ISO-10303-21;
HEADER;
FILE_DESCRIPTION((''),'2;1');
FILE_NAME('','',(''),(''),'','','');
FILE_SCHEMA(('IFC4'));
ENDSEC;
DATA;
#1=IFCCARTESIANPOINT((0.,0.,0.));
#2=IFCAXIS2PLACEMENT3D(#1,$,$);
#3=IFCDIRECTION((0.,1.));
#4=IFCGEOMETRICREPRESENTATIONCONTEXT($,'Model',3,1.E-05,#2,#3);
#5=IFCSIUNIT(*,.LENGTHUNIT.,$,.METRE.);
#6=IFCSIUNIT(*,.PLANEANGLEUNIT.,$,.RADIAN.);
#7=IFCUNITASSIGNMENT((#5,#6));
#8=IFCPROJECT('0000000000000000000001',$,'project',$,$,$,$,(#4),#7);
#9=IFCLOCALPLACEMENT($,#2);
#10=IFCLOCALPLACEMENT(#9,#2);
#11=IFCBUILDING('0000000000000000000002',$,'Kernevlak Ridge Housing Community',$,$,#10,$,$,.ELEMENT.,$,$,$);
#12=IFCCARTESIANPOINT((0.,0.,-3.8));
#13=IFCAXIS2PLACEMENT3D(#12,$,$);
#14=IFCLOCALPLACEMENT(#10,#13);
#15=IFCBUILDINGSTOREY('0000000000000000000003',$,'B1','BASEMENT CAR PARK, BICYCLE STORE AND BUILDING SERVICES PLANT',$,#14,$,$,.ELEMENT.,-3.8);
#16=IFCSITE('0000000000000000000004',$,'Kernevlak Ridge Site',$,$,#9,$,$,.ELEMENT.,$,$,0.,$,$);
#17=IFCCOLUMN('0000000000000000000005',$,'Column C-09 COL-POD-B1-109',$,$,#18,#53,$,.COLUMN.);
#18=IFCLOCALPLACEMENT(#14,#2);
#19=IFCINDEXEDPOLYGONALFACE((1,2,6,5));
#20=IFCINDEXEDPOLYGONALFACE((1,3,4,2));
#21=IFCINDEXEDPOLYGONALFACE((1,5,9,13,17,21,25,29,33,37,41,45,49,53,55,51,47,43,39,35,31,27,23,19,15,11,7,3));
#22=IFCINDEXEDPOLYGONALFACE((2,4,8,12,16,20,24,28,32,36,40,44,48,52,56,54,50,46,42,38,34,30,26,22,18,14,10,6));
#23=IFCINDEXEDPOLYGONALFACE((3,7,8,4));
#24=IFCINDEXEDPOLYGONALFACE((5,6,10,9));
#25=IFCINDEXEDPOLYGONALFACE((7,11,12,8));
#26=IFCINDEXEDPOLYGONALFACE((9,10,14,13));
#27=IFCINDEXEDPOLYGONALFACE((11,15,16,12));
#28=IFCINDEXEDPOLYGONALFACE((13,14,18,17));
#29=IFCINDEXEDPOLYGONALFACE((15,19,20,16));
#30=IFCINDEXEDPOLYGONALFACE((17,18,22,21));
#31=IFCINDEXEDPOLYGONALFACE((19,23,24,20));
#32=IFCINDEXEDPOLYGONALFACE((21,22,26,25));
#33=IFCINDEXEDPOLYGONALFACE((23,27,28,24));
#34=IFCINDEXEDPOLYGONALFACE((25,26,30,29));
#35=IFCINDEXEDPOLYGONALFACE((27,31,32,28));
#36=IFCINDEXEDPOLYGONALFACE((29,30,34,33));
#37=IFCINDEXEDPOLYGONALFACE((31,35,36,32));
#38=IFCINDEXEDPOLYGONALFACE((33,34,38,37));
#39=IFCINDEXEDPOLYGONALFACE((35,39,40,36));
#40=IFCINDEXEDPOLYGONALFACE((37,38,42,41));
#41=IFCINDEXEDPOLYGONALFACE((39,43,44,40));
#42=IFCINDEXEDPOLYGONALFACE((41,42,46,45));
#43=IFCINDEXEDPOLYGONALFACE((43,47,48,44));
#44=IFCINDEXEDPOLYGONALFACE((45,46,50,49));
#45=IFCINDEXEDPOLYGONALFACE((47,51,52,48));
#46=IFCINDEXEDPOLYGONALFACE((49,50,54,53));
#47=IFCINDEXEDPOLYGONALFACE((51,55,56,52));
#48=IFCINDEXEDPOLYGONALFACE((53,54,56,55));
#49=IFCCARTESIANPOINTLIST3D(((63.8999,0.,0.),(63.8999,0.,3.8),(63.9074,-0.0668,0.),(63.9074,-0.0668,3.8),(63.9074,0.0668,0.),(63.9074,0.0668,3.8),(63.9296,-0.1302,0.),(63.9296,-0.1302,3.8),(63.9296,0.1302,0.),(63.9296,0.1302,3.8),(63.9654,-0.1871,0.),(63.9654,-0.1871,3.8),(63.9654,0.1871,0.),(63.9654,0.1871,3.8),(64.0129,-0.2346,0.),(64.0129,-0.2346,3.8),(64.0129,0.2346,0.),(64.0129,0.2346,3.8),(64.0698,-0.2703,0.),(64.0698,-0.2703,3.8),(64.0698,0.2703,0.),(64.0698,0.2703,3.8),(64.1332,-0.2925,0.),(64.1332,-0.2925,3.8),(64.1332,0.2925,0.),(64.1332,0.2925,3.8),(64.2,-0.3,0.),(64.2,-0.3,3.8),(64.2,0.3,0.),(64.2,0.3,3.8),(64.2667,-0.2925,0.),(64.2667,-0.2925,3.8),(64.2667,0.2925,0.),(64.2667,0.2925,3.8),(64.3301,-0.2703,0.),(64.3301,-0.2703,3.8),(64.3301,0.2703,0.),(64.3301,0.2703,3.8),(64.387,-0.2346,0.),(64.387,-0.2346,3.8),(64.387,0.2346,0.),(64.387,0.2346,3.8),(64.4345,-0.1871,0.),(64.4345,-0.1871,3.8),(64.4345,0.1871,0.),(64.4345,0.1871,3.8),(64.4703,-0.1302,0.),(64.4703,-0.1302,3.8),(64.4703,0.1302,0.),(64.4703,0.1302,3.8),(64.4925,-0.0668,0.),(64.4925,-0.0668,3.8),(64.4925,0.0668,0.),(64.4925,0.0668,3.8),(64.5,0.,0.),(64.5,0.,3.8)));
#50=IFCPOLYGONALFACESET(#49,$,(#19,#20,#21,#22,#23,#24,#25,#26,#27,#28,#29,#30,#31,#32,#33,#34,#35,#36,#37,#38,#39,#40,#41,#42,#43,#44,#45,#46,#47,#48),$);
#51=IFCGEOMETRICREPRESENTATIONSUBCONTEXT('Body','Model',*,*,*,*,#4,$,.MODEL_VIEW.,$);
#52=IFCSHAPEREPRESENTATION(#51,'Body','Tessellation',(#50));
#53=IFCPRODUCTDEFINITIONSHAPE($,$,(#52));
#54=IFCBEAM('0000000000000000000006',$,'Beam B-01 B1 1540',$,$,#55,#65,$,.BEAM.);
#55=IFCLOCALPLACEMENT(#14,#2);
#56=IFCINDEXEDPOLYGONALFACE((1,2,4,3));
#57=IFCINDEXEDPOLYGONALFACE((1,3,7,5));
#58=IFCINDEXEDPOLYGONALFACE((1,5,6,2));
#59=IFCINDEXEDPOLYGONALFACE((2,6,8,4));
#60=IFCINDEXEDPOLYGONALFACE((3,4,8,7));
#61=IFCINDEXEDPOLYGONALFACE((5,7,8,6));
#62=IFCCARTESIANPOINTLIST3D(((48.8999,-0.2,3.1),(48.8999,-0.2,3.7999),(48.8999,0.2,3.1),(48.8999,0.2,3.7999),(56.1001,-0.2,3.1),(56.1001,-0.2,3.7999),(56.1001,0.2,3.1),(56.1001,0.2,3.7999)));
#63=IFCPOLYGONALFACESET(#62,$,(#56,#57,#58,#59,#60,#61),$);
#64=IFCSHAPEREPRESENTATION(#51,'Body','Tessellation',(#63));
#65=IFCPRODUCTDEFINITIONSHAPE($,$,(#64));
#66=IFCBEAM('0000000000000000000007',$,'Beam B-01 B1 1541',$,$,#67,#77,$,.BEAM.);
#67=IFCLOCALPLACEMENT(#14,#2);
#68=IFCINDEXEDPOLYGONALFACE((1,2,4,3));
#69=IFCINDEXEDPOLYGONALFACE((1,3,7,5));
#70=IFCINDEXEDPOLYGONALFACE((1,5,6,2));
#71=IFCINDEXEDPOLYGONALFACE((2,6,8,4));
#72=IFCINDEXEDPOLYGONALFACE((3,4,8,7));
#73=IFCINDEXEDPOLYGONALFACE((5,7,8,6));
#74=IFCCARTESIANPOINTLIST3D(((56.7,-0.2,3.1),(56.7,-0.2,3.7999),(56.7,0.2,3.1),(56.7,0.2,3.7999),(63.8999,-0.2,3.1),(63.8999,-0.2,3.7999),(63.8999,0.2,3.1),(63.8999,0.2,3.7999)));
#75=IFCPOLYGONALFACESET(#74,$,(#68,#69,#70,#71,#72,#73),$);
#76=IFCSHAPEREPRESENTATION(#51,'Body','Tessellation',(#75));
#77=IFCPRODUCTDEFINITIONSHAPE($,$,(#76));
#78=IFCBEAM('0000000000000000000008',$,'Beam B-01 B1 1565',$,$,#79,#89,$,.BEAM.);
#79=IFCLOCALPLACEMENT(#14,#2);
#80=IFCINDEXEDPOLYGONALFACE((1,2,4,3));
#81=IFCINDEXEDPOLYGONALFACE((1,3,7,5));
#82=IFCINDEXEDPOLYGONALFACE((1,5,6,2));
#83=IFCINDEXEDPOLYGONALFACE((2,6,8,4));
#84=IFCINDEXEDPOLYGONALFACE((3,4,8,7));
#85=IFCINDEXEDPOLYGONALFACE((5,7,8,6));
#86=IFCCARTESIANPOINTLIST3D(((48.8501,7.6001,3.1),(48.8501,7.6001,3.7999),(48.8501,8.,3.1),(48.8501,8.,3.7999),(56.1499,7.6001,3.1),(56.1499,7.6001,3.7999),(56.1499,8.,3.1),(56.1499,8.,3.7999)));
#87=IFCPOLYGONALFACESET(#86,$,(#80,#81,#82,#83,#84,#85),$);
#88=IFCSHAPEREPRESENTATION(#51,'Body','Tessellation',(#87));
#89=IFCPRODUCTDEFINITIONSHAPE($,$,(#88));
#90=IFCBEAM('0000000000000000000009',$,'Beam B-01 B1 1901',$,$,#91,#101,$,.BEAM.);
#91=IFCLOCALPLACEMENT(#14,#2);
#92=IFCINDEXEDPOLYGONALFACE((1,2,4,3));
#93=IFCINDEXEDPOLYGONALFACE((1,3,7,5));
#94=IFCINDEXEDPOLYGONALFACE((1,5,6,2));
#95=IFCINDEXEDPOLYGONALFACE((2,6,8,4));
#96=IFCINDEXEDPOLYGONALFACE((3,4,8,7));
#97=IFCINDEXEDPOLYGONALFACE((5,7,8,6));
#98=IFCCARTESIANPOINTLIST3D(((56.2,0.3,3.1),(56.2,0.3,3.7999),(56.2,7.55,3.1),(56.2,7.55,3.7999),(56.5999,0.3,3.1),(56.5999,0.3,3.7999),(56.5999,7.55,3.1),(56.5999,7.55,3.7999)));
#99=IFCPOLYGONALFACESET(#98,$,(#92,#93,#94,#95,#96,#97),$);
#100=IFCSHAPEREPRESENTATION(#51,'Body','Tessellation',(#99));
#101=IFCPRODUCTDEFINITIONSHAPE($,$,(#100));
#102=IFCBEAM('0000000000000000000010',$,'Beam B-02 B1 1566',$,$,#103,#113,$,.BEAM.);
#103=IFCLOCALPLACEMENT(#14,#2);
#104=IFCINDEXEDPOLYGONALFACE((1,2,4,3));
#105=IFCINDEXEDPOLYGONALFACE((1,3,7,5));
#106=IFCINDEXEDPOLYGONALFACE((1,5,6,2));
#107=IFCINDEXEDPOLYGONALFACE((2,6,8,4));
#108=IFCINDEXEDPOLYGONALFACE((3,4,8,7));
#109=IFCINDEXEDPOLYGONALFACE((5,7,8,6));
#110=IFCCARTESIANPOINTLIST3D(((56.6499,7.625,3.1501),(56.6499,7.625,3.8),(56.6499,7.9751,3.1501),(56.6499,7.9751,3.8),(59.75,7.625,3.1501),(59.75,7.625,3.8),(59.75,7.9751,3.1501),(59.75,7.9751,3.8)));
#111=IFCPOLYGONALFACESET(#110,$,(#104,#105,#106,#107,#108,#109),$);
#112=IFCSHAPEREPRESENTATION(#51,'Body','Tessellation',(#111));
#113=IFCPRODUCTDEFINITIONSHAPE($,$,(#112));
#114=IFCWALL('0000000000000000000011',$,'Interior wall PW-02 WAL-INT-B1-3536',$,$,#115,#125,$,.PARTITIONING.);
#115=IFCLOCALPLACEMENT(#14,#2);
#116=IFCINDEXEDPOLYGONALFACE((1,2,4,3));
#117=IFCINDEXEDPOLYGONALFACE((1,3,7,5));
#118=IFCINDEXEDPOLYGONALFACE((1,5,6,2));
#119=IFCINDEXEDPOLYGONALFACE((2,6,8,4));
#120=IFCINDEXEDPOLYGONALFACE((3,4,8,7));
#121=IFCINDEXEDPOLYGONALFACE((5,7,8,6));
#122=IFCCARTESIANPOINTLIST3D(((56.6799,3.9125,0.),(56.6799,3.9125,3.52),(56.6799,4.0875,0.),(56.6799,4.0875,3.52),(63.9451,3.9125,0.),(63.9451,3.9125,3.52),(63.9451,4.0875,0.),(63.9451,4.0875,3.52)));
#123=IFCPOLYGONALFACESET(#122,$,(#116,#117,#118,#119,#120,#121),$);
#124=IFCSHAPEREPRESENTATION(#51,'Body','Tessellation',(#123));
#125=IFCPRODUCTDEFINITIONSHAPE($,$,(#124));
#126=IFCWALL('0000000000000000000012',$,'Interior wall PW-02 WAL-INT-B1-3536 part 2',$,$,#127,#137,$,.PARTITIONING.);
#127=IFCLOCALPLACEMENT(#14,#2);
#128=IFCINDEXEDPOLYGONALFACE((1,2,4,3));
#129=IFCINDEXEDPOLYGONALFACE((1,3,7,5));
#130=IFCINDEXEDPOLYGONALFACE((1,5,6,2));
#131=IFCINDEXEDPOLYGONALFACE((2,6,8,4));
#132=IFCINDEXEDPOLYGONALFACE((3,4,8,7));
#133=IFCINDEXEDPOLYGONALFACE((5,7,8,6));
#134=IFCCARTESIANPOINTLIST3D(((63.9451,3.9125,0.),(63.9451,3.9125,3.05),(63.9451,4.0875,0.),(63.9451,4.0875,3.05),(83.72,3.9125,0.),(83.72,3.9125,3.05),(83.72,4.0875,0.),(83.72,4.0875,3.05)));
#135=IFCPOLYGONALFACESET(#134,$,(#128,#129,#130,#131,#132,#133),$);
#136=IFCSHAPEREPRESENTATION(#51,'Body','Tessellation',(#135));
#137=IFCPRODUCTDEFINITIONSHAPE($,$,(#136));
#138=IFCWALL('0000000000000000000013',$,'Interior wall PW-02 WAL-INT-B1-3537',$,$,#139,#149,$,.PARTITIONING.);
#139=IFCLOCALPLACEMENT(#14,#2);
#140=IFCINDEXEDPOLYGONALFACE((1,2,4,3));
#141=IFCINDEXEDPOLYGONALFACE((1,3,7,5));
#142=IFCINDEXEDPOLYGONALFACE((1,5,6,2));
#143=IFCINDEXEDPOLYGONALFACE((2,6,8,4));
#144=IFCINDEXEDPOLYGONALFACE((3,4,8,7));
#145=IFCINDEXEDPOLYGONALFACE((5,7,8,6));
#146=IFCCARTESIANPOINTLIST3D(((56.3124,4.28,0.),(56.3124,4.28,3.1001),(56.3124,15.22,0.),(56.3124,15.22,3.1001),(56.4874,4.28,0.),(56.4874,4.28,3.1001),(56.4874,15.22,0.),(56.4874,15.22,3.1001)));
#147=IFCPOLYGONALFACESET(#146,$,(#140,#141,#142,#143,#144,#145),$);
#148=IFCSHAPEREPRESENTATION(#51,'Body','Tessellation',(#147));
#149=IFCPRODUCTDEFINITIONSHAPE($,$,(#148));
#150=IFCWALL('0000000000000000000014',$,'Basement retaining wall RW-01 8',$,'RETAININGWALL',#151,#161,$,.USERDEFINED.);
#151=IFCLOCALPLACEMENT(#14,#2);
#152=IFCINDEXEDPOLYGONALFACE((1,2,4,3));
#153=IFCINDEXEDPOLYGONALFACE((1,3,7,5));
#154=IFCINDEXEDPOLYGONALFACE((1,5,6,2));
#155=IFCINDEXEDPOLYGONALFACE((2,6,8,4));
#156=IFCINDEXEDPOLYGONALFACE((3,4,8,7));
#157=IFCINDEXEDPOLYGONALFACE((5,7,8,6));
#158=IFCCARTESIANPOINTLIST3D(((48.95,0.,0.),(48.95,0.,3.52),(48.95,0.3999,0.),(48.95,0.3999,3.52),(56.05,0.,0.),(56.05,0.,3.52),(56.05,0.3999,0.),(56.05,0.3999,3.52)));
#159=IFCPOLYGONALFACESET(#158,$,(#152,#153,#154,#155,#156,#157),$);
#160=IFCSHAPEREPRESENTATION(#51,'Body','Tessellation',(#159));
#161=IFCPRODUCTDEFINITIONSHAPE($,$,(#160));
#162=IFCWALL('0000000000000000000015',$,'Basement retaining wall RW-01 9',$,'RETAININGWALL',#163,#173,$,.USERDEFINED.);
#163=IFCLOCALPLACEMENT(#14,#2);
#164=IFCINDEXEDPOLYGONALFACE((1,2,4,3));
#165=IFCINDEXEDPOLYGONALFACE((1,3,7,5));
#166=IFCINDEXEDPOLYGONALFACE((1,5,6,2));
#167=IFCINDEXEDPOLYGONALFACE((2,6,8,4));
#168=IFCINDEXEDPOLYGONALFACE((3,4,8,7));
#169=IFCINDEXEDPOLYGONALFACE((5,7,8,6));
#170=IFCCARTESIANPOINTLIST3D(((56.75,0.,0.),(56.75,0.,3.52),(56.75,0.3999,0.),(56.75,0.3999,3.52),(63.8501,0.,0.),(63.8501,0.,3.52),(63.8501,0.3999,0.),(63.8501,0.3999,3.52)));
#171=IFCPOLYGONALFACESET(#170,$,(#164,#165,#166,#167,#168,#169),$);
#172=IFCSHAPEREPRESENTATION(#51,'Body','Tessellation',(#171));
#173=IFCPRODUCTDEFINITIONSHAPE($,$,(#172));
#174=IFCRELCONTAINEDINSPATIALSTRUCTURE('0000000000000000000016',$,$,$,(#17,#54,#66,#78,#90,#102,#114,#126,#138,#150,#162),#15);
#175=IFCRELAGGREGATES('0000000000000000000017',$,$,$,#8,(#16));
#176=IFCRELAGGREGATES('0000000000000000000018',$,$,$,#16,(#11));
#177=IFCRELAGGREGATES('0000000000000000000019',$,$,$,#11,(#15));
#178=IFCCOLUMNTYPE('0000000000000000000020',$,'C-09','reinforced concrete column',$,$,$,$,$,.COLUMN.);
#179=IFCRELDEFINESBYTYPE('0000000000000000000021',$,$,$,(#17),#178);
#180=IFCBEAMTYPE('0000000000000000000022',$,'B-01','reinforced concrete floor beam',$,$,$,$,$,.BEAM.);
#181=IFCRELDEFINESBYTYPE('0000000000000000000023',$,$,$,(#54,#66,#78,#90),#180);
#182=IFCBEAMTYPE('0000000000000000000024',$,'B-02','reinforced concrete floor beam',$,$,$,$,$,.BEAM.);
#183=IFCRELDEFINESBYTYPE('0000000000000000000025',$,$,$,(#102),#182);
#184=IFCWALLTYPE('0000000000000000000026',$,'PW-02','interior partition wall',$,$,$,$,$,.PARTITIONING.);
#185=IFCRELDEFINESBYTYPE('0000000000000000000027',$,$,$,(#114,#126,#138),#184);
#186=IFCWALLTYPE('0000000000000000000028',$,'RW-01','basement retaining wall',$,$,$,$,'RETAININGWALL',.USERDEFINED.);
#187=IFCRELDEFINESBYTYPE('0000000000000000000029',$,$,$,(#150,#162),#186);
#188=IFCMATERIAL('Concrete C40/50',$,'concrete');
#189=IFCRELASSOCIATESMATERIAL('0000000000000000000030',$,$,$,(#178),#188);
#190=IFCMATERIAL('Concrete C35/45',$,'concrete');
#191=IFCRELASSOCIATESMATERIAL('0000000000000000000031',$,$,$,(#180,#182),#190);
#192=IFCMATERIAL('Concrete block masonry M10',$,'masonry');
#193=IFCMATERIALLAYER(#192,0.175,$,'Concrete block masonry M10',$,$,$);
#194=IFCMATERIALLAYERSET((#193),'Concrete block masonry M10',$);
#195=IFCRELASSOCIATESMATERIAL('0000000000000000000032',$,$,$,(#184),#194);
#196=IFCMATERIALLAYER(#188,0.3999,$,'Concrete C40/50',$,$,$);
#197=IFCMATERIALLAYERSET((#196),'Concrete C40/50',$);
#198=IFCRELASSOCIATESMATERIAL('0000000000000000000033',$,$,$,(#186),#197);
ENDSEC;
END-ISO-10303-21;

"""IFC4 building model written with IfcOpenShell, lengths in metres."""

from ifc_helpers import new_model, si_unit, direction, frame, frame_2d, origin, origin_2d, place, context, subcontext, project, spatial, rectangle, circle, extrude, material, layer, layer_set, material_profile, profile_set, type_object, element, save


model = new_model("IFC4")

# Units and contexts
model_context = context("Model", 3, precision=1e-05, world=origin(), true_north=direction((0.0, 1.0)))
body_context = subcontext(model_context, "Body", "Model", "MODEL_VIEW")
ifc_project = project(units=[si_unit("LENGTHUNIT", "METRE"), si_unit("PLANEANGLEUNIT", "RADIAN")], contexts=[model_context])

# Site, building, storey
site_placement = place(None, origin())
site = spatial("IfcSite", under=ifc_project, at=site_placement, Name="Kernevlak Ridge Site", CompositionType="ELEMENT", RefElevation=0.0)
building_placement = place(site_placement, origin())
building = spatial("IfcBuilding", under=site, at=building_placement, Name="Kernevlak Ridge Housing Community", CompositionType="ELEMENT")
storey_placement = place(building_placement, frame((0.0, 0.0, -3.8)))
storey = spatial("IfcBuildingStorey", under=building, at=storey_placement, Name="B1", Description="BASEMENT CAR PARK, BICYCLE STORE AND BUILDING SERVICES PLANT", CompositionType="ELEMENT", Elevation=-3.8)

# Shared definitions
ifc_material_1 = material(Name="Concrete C35/45", Category="concrete")

# Column
ifc_material_2 = material(Name="Concrete C40/50", Category="concrete")
ifc_material_profile_1 = material_profile(ifc_material_2, circle(Radius=0.3, at=origin_2d()), Name="RC D600")
ifc_profile_set_1 = profile_set([ifc_material_profile_1], Name="Concrete C40/50")
column_type_1 = type_object("IfcColumnType", Name="C-09", Description="reinforced concrete column", PredefinedType="COLUMN", material=ifc_profile_set_1)
for number, where, z_axis, x_axis, name in (
    (1, (64.2, 0.0, 0.0), (0.0, 0.0, 1.0), (1.0, 0.0, 0.0), "Column C-09 COL-POD-B1-109"),
):
    element("IfcColumn", number, at=place(storey_placement, frame(where, z_axis=z_axis, x_axis=x_axis)), inside=storey, type_object=column_type_1, Name=name, PredefinedType="COLUMN", context=body_context, shape_type="SweptSolid", body=[
        extrude(circle(Radius=0.3, at=origin_2d()), origin(), (0.0, 0.0, 1.0), 3.8),
    ])

# Beams
ifc_material_profile_2 = material_profile(ifc_material_1, rectangle(XDim=0.3999, YDim=0.7, at=origin_2d()), Name="RC 400x700")
ifc_profile_set_2 = profile_set([ifc_material_profile_2], Name="Concrete C35/45")
beam_type_1 = type_object("IfcBeamType", Name="B-01", Description="reinforced concrete floor beam", PredefinedType="BEAM", material=ifc_profile_set_2)
beam_1_placement = place(storey_placement, frame((48.8999, 0.0, 3.45), z_axis=(1.0, 0.0, 0.0), x_axis=(0.0, 1.0, 0.0)))
element("IfcBeam", 2, at=beam_1_placement, inside=storey, type_object=beam_type_1, Name="Beam B-01 B1 1540", PredefinedType="BEAM", context=body_context, shape_type="SweptSolid", body=[
    extrude(rectangle(XDim=0.3999, YDim=0.7, at=origin_2d()), origin(), (0.0, 0.0, 1.0), 7.2002),
])
beam_2_placement = place(storey_placement, frame((56.7, 0.0, 3.45), z_axis=(1.0, 0.0, 0.0), x_axis=(0.0, 1.0, 0.0)))
element("IfcBeam", 3, at=beam_2_placement, inside=storey, type_object=beam_type_1, Name="Beam B-01 B1 1541", PredefinedType="BEAM", context=body_context, shape_type="SweptSolid", body=[
    extrude(rectangle(XDim=0.3999, YDim=0.7, at=origin_2d()), origin(), (0.0, 0.0, 1.0), 7.2),
])
beam_3_placement = place(storey_placement, frame((48.8501, 7.8, 3.45), z_axis=(1.0, 0.0, 0.0), x_axis=(0.0, 1.0, 0.0)))
element("IfcBeam", 4, at=beam_3_placement, inside=storey, type_object=beam_type_1, Name="Beam B-01 B1 1565", PredefinedType="BEAM", context=body_context, shape_type="SweptSolid", body=[
    extrude(rectangle(XDim=0.3999, YDim=0.7, at=origin_2d()), origin(), (0.0, 0.0, 1.0), 7.2998),
])
beam_4_placement = place(storey_placement, frame((56.3999, 0.3, 3.45), z_axis=(0.0, 1.0, 0.0), x_axis=(-1.0, 0.0, 0.0)))
element("IfcBeam", 5, at=beam_4_placement, inside=storey, type_object=beam_type_1, Name="Beam B-01 B1 1901", PredefinedType="BEAM", context=body_context, shape_type="SweptSolid", body=[
    extrude(rectangle(XDim=0.3999, YDim=0.7, at=origin_2d()), origin(), (0.0, 0.0, 1.0), 7.25),
])
ifc_material_profile_3 = material_profile(ifc_material_1, rectangle(XDim=0.3501, YDim=0.6499, at=origin_2d()), Name="RC 350x650")
ifc_profile_set_3 = profile_set([ifc_material_profile_3], Name="Concrete C35/45")
beam_type_2 = type_object("IfcBeamType", Name="B-02", Description="reinforced concrete floor beam", PredefinedType="BEAM", material=ifc_profile_set_3)
beam_5_placement = place(storey_placement, frame((56.6499, 7.8, 3.4751), z_axis=(1.0, 0.0, 0.0), x_axis=(0.0, 1.0, 0.0)))
element("IfcBeam", 6, at=beam_5_placement, inside=storey, type_object=beam_type_2, Name="Beam B-02 B1 1566", PredefinedType="BEAM", context=body_context, shape_type="SweptSolid", body=[
    extrude(rectangle(XDim=0.3501, YDim=0.6499, at=origin_2d()), origin(), (0.0, 0.0, 1.0), 3.1001),
])

# Walls
ifc_material_3 = material(Name="Concrete block masonry M10", Category="masonry")
ifc_layer_1 = layer(ifc_material_3, 0.175, Name="Concrete block masonry M10")
ifc_layer_set_1 = layer_set([ifc_layer_1], Name="Concrete block masonry M10")
wall_type_1 = type_object("IfcWallType", Name="PW-02", Description="interior partition wall", PredefinedType="PARTITIONING", material=ifc_layer_set_1)
wall_1_placement = place(storey_placement, frame((56.6799, 4.0, 0.0), z_axis=(0.0, 0.0, 1.0), x_axis=(1.0, 0.0, 0.0)))
element("IfcWall", 7, at=wall_1_placement, inside=storey, type_object=wall_type_1, Name="Interior wall PW-02 WAL-INT-B1-3536", PredefinedType="PARTITIONING", context=body_context, shape_type="SweptSolid", body=[
    extrude(rectangle(XDim=7.2651, YDim=0.175, at=frame_2d((3.6326, 0.0))), origin(), (0.0, 0.0, 1.0), 3.52),
])
wall_2_placement = place(storey_placement, frame((63.9451, 4.0, 0.0), z_axis=(0.0, 0.0, 1.0), x_axis=(1.0, 0.0, 0.0)))
element("IfcWall", 8, at=wall_2_placement, inside=storey, type_object=wall_type_1, Name="Interior wall PW-02 WAL-INT-B1-3536 part 2", PredefinedType="PARTITIONING", context=body_context, shape_type="SweptSolid", body=[
    extrude(rectangle(XDim=19.7749, YDim=0.175, at=frame_2d((9.8875, 0.0))), origin(), (0.0, 0.0, 1.0), 3.05),
])
wall_3_placement = place(storey_placement, frame((56.3999, 4.28, 0.0), z_axis=(0.0, 0.0, 1.0), x_axis=(0.0, 1.0, 0.0)))
element("IfcWall", 9, at=wall_3_placement, inside=storey, type_object=wall_type_1, Name="Interior wall PW-02 WAL-INT-B1-3537", PredefinedType="PARTITIONING", context=body_context, shape_type="SweptSolid", body=[
    extrude(rectangle(XDim=10.9399, YDim=0.175, at=frame_2d((5.47, 0.0))), origin(), (0.0, 0.0, 1.0), 3.1001),
])
ifc_layer_2 = layer(ifc_material_2, 0.3999, Name="Concrete C40/50")
ifc_layer_set_2 = layer_set([ifc_layer_2], Name="Concrete C40/50")
wall_type_2 = type_object("IfcWallType", Name="RW-01", Description="basement retaining wall", ElementType="RETAININGWALL", PredefinedType="USERDEFINED", material=ifc_layer_set_2)
for number, where, z_axis, x_axis, name in (
    (10, (48.95, 0.2, 0.0), (0.0, 0.0, 1.0), (1.0, 0.0, 0.0), "Basement retaining wall RW-01 8"),
    (11, (56.75, 0.2, 0.0), (0.0, 0.0, 1.0), (1.0, 0.0, 0.0), "Basement retaining wall RW-01 9"),
):
    element("IfcWall", number, at=place(storey_placement, frame(where, z_axis=z_axis, x_axis=x_axis)), inside=storey, type_object=wall_type_2, Name=name, ObjectType="RETAININGWALL", PredefinedType="USERDEFINED", context=body_context, shape_type="SweptSolid", body=[
        extrude(rectangle(XDim=7.1001, YDim=0.3999, at=frame_2d((3.55, 0.0))), origin(), (0.0, 0.0, 1.0), 3.52),
    ])

save(model, "model.ifc")
